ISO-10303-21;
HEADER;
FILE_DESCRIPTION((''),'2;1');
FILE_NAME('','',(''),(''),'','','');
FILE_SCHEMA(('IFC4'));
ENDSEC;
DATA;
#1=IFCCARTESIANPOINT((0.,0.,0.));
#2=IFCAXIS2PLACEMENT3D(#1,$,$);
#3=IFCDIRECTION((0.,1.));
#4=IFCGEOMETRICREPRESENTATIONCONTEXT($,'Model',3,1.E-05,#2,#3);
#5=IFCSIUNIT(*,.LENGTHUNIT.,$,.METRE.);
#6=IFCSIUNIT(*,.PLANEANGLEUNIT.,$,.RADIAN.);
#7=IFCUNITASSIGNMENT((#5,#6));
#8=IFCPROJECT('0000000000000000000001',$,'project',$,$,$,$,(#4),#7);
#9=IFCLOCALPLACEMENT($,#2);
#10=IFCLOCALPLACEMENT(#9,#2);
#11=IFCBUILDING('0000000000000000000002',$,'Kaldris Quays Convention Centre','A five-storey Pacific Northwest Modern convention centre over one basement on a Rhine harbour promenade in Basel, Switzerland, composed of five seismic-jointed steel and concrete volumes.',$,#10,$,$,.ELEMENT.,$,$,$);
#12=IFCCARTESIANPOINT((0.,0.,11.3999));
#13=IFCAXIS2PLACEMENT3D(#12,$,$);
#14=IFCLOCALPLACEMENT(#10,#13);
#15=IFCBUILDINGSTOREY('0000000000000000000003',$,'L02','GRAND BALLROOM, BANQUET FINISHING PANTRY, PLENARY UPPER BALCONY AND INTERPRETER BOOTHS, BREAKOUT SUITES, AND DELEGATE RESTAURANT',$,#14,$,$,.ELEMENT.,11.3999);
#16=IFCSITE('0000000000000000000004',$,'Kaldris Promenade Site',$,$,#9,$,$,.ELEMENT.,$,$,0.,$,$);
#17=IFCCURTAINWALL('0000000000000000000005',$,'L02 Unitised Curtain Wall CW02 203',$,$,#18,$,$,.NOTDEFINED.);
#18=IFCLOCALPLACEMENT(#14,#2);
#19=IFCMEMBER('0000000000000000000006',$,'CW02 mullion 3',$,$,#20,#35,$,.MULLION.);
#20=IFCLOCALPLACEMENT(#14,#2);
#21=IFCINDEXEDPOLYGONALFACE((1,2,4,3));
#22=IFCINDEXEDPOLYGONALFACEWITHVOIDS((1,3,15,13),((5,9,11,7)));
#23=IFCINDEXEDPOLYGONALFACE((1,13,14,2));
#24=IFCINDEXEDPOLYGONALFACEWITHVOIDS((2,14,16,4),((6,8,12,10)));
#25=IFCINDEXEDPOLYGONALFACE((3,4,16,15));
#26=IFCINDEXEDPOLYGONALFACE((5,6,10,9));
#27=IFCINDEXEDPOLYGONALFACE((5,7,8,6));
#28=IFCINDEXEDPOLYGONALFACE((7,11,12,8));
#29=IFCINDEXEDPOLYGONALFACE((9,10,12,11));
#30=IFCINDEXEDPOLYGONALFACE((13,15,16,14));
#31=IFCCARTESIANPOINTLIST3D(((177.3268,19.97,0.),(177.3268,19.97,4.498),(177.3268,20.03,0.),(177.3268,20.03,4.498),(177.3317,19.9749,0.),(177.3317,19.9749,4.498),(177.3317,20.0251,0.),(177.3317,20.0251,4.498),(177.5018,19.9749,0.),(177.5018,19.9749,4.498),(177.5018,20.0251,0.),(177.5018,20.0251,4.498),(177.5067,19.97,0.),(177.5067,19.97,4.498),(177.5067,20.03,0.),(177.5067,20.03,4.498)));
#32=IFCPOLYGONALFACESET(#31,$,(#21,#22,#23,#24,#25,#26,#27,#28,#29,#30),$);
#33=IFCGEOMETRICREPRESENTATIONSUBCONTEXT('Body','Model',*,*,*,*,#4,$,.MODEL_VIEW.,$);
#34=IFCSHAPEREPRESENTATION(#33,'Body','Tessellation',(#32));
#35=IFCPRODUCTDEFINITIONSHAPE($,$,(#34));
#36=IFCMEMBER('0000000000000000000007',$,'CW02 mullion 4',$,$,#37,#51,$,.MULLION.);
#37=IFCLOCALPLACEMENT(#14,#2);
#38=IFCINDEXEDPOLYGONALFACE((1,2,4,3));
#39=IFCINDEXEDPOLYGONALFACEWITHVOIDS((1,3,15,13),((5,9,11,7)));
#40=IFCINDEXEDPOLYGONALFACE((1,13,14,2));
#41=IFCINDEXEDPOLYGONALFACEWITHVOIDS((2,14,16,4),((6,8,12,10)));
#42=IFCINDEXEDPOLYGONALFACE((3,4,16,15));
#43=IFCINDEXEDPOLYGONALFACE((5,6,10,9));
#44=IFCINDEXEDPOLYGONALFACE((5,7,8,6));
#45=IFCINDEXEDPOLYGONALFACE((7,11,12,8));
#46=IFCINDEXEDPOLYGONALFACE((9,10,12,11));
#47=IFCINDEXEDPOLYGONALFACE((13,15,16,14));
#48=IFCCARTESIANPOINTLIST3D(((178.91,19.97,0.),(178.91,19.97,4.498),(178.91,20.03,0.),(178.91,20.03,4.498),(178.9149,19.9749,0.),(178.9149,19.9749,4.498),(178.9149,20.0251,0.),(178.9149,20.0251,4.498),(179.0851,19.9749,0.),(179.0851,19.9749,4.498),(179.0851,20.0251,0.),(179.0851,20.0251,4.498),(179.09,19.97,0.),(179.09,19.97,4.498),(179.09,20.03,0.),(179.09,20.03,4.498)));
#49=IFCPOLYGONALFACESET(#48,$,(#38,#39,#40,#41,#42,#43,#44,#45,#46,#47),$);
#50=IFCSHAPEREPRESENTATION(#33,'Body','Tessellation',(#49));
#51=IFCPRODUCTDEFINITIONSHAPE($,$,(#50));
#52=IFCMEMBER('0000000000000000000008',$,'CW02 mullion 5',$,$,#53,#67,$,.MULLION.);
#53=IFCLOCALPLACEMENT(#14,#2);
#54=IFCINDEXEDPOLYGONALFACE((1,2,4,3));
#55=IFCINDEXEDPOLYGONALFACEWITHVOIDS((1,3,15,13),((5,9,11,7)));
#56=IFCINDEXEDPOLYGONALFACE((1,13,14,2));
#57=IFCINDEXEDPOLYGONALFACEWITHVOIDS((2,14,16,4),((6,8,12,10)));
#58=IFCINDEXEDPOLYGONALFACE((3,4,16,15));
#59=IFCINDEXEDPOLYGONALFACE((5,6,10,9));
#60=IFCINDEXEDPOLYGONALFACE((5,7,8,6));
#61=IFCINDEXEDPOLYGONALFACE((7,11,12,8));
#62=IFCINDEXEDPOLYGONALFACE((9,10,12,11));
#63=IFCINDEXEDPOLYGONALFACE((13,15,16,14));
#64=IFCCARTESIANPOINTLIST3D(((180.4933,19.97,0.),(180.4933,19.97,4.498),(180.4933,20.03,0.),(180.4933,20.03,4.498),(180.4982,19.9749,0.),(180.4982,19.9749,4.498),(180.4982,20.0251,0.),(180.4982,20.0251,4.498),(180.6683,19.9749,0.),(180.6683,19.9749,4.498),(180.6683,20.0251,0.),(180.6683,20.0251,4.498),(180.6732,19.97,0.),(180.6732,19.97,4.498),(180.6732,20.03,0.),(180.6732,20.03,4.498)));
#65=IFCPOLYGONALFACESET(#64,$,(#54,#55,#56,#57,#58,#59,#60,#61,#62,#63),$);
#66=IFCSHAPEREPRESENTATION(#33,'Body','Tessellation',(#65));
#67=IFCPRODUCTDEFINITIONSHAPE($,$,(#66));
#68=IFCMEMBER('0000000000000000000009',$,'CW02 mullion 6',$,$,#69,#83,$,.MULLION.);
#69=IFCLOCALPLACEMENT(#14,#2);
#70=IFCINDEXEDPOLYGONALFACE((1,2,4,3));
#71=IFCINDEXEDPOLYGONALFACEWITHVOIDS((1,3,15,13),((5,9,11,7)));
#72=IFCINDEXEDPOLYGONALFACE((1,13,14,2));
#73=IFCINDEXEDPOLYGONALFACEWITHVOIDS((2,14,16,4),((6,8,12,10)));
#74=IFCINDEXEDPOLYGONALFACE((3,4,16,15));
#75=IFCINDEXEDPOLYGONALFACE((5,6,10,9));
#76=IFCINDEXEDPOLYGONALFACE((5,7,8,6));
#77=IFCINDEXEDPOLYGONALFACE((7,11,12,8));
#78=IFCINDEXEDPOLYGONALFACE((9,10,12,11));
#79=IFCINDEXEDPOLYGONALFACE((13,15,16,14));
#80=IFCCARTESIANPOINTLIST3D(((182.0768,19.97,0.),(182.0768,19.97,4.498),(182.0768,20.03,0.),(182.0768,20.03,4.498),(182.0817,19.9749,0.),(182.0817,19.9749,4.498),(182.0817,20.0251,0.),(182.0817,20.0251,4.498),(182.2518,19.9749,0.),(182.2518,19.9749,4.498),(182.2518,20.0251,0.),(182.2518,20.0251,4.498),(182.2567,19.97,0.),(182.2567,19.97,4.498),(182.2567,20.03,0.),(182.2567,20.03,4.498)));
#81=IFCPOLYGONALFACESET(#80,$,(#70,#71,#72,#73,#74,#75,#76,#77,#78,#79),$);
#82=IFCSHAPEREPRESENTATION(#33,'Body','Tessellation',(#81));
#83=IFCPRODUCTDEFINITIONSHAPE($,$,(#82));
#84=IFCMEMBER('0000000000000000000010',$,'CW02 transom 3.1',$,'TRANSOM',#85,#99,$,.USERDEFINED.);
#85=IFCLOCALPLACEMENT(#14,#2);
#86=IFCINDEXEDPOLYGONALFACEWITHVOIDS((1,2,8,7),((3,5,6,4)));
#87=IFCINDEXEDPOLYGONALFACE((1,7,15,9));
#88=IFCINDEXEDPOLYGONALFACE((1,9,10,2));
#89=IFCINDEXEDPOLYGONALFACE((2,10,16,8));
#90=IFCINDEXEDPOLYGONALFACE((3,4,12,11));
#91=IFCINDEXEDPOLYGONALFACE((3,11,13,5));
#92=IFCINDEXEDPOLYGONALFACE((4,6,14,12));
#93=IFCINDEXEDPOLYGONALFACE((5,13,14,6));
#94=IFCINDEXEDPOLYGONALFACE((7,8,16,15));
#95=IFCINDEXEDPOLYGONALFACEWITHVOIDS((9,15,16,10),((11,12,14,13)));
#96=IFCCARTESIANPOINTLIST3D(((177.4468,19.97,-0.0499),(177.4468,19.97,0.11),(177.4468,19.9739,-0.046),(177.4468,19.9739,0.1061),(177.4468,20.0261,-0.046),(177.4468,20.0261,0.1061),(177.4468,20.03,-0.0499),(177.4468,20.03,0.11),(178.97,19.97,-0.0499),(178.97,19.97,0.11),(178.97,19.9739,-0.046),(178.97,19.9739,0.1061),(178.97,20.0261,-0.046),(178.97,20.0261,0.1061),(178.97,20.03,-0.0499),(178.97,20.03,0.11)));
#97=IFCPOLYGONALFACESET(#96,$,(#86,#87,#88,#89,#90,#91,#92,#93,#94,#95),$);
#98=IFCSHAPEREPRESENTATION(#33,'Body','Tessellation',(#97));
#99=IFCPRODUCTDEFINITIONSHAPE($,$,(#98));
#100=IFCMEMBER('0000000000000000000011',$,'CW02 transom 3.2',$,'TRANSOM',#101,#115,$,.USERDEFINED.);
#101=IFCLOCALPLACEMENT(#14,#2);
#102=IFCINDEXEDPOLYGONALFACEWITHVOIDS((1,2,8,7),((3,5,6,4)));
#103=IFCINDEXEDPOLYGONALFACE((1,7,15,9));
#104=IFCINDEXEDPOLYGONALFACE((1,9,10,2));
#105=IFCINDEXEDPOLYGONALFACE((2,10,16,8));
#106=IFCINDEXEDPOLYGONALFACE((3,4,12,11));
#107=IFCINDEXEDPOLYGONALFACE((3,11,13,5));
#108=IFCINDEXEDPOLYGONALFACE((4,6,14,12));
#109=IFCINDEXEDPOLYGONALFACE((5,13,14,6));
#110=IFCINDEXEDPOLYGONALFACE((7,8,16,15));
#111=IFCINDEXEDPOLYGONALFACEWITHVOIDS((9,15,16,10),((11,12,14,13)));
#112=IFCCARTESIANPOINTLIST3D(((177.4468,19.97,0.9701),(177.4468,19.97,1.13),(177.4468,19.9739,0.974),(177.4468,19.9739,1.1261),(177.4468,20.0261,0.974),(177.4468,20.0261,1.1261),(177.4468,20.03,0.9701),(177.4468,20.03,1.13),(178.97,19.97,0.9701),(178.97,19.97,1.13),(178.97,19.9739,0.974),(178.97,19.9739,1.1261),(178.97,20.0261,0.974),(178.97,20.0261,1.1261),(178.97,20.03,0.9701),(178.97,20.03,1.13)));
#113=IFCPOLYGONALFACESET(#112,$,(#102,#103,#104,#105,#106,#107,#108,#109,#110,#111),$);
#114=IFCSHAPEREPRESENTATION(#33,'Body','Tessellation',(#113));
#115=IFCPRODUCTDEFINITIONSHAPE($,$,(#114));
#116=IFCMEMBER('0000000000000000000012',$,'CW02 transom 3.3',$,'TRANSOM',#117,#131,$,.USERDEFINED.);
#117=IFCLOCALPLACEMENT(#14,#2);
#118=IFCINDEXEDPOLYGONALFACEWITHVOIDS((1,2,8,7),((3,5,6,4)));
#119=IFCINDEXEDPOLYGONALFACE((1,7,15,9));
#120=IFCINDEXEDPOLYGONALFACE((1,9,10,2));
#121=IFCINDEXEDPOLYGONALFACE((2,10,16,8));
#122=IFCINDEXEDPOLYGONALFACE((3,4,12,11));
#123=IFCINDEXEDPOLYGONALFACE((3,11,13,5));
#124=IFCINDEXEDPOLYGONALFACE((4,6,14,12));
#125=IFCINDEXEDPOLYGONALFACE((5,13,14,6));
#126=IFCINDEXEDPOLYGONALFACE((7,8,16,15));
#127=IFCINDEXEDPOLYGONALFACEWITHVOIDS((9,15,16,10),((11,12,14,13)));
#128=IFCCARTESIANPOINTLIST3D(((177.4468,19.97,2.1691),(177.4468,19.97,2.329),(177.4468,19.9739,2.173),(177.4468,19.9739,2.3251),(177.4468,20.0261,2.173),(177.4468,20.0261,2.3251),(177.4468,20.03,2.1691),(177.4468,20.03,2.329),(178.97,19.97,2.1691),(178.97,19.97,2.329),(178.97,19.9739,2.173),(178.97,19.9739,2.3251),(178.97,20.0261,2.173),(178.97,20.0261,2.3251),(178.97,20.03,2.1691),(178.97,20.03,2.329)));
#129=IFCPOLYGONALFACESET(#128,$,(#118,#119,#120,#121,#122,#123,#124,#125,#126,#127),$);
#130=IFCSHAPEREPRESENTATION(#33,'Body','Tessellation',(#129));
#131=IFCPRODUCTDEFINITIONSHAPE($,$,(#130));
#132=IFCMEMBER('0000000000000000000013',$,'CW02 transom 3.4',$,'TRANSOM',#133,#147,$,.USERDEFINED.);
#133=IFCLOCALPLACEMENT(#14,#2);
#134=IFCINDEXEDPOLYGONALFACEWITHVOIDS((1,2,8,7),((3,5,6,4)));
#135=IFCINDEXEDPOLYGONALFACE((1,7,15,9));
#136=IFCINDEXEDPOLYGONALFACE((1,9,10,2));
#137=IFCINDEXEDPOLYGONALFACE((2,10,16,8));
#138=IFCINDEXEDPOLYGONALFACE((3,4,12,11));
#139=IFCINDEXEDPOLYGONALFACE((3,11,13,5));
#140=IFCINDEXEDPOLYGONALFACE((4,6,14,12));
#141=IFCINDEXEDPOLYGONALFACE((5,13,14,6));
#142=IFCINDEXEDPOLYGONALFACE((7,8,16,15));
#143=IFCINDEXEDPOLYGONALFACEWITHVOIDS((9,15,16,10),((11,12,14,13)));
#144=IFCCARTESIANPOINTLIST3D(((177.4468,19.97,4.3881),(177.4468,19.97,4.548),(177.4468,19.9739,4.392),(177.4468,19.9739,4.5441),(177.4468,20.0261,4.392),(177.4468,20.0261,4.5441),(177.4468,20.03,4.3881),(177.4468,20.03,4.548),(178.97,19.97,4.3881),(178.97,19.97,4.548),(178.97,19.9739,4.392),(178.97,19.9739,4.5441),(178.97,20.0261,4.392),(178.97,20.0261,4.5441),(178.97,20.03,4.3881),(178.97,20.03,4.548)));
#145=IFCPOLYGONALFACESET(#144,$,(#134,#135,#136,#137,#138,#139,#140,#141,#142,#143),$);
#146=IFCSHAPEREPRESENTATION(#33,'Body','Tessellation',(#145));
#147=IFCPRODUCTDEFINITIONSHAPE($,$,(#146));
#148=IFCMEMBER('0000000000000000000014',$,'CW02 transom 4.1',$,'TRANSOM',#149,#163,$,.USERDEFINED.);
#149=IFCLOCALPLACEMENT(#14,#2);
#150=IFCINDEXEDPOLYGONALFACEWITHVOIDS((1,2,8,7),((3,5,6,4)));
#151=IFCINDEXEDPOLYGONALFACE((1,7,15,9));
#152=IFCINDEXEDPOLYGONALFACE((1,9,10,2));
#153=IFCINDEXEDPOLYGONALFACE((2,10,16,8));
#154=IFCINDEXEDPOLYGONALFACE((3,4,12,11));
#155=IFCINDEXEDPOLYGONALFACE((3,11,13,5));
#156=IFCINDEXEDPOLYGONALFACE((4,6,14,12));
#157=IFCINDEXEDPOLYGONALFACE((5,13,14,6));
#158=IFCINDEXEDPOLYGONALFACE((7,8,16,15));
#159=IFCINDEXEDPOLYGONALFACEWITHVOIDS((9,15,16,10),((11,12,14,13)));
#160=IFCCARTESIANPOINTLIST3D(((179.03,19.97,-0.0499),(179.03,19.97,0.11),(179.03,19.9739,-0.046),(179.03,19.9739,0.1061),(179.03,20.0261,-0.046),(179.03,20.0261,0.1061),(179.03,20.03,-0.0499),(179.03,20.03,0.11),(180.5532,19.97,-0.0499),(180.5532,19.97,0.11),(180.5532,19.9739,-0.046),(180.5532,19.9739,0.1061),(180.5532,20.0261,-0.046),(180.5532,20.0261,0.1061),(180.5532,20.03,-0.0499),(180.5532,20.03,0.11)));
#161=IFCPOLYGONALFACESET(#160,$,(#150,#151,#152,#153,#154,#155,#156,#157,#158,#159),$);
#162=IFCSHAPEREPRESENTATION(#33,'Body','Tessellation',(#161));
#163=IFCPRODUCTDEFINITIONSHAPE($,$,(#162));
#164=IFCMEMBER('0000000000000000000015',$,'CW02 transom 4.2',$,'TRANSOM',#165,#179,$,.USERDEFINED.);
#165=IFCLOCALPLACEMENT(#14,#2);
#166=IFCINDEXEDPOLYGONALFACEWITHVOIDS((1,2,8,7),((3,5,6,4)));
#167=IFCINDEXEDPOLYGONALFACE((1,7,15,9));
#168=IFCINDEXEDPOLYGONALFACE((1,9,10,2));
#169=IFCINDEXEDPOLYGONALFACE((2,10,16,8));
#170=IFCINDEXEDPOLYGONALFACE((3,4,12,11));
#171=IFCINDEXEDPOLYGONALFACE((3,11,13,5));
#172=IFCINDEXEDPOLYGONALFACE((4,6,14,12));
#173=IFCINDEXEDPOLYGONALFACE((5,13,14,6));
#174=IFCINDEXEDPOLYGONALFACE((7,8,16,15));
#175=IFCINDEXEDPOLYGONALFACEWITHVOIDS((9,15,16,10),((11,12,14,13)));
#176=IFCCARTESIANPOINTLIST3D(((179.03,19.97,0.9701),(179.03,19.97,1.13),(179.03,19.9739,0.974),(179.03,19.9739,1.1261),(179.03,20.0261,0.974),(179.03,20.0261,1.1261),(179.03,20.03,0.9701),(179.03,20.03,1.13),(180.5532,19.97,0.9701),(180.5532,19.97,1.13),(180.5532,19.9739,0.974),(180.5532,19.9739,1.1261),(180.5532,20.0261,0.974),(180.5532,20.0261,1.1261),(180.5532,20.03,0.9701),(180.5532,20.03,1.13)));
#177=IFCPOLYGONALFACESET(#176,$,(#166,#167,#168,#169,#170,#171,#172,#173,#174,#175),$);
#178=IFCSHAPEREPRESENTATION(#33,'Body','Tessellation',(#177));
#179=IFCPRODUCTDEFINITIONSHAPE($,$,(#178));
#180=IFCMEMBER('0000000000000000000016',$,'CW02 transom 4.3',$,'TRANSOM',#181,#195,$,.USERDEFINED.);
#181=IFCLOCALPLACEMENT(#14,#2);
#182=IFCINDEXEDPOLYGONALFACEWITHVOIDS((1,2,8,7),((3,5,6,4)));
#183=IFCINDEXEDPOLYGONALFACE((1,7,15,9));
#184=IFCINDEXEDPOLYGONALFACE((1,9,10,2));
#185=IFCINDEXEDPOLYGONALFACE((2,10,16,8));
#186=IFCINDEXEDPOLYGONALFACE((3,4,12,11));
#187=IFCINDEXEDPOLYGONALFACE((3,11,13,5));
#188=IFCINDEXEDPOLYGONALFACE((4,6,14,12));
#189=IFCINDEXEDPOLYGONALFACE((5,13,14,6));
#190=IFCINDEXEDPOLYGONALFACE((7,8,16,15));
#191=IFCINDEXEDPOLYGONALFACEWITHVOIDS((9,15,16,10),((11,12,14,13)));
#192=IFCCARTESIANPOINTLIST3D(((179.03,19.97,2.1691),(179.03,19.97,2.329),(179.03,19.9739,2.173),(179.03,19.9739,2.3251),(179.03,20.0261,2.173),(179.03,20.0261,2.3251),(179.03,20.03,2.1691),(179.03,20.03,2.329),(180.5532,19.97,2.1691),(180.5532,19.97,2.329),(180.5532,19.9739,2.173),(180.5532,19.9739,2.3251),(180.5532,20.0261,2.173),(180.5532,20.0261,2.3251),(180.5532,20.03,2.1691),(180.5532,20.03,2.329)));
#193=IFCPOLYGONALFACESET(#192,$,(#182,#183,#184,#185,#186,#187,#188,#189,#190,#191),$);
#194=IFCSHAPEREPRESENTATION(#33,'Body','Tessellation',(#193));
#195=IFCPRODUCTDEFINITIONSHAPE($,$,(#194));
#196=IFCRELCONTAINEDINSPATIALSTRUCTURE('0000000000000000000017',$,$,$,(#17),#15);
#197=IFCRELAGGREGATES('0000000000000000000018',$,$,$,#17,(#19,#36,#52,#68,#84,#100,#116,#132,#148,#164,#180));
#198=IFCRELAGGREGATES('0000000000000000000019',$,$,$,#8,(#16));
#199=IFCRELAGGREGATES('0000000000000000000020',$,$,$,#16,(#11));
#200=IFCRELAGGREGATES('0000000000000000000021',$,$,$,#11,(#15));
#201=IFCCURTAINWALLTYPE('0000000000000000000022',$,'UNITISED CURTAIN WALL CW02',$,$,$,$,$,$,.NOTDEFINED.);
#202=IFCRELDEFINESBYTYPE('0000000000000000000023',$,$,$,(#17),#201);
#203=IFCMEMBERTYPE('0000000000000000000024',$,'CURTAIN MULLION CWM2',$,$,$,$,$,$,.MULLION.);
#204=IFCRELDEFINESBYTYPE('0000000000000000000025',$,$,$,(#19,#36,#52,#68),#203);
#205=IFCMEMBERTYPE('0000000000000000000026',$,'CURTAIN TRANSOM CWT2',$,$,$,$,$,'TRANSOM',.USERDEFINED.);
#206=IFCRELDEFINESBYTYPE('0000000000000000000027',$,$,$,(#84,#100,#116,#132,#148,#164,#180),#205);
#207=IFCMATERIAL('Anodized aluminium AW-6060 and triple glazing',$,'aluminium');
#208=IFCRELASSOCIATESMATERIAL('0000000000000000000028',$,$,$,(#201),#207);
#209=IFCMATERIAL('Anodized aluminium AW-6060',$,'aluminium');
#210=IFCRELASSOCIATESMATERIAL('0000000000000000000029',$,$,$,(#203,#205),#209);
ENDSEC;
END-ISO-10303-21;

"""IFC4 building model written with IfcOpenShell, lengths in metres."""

from ifc_helpers import new_model, si_unit, direction, frame, origin, origin_2d, place, context, subcontext, project, spatial, hollow_rectangle, extrude, material, material_profile, profile_set, type_object, element, aggregate, save


model = new_model("IFC4")

# Units and contexts
model_context = context("Model", 3, precision=1e-05, world=origin(), true_north=direction((0.0, 1.0)))
body_context = subcontext(model_context, "Body", "Model", "MODEL_VIEW")
ifc_project = project(units=[si_unit("LENGTHUNIT", "METRE"), si_unit("PLANEANGLEUNIT", "RADIAN")], contexts=[model_context])

# Site, building, storey
site_placement = place(None, origin())
site = spatial("IfcSite", under=ifc_project, at=site_placement, Name="Kaldris Promenade Site", CompositionType="ELEMENT", RefElevation=0.0)
building_placement = place(site_placement, origin())
building = spatial("IfcBuilding", under=site, at=building_placement, Name="Kaldris Quays Convention Centre", Description="A five-storey Pacific Northwest Modern convention centre over one basement on a Rhine harbour promenade in Basel, Switzerland, composed of five seismic-jointed steel and concrete volumes.", CompositionType="ELEMENT")
storey_placement = place(building_placement, frame((0.0, 0.0, 11.3999)))
storey = spatial("IfcBuildingStorey", under=building, at=storey_placement, Name="L02", Description="GRAND BALLROOM, BANQUET FINISHING PANTRY, PLENARY UPPER BALCONY AND INTERPRETER BOOTHS, BREAKOUT SUITES, AND DELEGATE RESTAURANT", CompositionType="ELEMENT", Elevation=11.3999)

# Curtain wall, members
ifc_material_1 = material(Name="Anodized aluminium AW-6060 and triple glazing", Category="aluminium")
curtain_wall_type = type_object("IfcCurtainWallType", Name="UNITISED CURTAIN WALL CW02", PredefinedType="NOTDEFINED", material=ifc_material_1)
curtain_wall_placement = place(storey_placement, origin())
curtain_wall = element("IfcCurtainWall", 1, at=curtain_wall_placement, inside=storey, type_object=curtain_wall_type, Name="L02 Unitised Curtain Wall CW02 203", PredefinedType="NOTDEFINED")
ifc_material_2 = material(Name="Anodized aluminium AW-6060", Category="aluminium")
ifc_material_profile_1 = material_profile(ifc_material_2, hollow_rectangle(XDim=0.0601, YDim=0.1799, WallThickness=0.0049, at=origin_2d()), Name="RHS 180x60x5")
ifc_profile_set_1 = profile_set([ifc_material_profile_1], Name="Anodized aluminium AW-6060")
member_type_1 = type_object("IfcMemberType", Name="CURTAIN MULLION CWM2", PredefinedType="MULLION", material=ifc_profile_set_1)
member_1_placement = place(storey_placement, frame((177.4167, 20.0, 0.0), z_axis=(0.0, 0.0, 1.0), x_axis=(0.0, 1.0, 0.0)))
member_1 = element("IfcMember", 2, at=member_1_placement, type_object=member_type_1, Name="CW02 mullion 3", PredefinedType="MULLION", context=body_context, shape_type="SweptSolid", body=[
    extrude(hollow_rectangle(XDim=0.0601, YDim=0.1799, WallThickness=0.0049, at=origin_2d()), origin(), (0.0, 0.0, 1.0), 4.498),
])
member_2_placement = place(storey_placement, frame((179.0, 20.0, 0.0), z_axis=(0.0, 0.0, 1.0), x_axis=(0.0, 1.0, 0.0)))
member_2 = element("IfcMember", 3, at=member_2_placement, type_object=member_type_1, Name="CW02 mullion 4", PredefinedType="MULLION", context=body_context, shape_type="SweptSolid", body=[
    extrude(hollow_rectangle(XDim=0.0601, YDim=0.1799, WallThickness=0.0049, at=origin_2d()), origin(), (0.0, 0.0, 1.0), 4.498),
])
member_3_placement = place(storey_placement, frame((180.5833, 20.0, 0.0), z_axis=(0.0, 0.0, 1.0), x_axis=(0.0, 1.0, 0.0)))
member_3 = element("IfcMember", 4, at=member_3_placement, type_object=member_type_1, Name="CW02 mullion 5", PredefinedType="MULLION", context=body_context, shape_type="SweptSolid", body=[
    extrude(hollow_rectangle(XDim=0.0601, YDim=0.1799, WallThickness=0.0049, at=origin_2d()), origin(), (0.0, 0.0, 1.0), 4.498),
])
member_4_placement = place(storey_placement, frame((182.1667, 20.0, 0.0), z_axis=(0.0, 0.0, 1.0), x_axis=(0.0, 1.0, 0.0)))
member_4 = element("IfcMember", 5, at=member_4_placement, type_object=member_type_1, Name="CW02 mullion 6", PredefinedType="MULLION", context=body_context, shape_type="SweptSolid", body=[
    extrude(hollow_rectangle(XDim=0.0601, YDim=0.1799, WallThickness=0.0049, at=origin_2d()), origin(), (0.0, 0.0, 1.0), 4.498),
])
ifc_material_profile_2 = material_profile(ifc_material_2, hollow_rectangle(XDim=0.0601, YDim=0.1599, WallThickness=0.0039, at=origin_2d()), Name="RHS 160x60x4")
ifc_profile_set_2 = profile_set([ifc_material_profile_2], Name="Anodized aluminium AW-6060")
member_type_2 = type_object("IfcMemberType", Name="CURTAIN TRANSOM CWT2", ElementType="TRANSOM", PredefinedType="USERDEFINED", material=ifc_profile_set_2)
member_5_placement = place(storey_placement, frame((177.4468, 20.0, 0.03), z_axis=(1.0, 0.0, 0.0), x_axis=(0.0, 1.0, 0.0)))
member_5 = element("IfcMember", 6, at=member_5_placement, type_object=member_type_2, Name="CW02 transom 3.1", ObjectType="TRANSOM", PredefinedType="USERDEFINED", context=body_context, shape_type="SweptSolid", body=[
    extrude(hollow_rectangle(XDim=0.0601, YDim=0.1599, WallThickness=0.0039, at=origin_2d()), origin(), (0.0, 0.0, 1.0), 1.5232),
])
member_6_placement = place(storey_placement, frame((177.4468, 20.0, 1.05), z_axis=(1.0, 0.0, 0.0), x_axis=(0.0, 1.0, 0.0)))
member_6 = element("IfcMember", 7, at=member_6_placement, type_object=member_type_2, Name="CW02 transom 3.2", ObjectType="TRANSOM", PredefinedType="USERDEFINED", context=body_context, shape_type="SweptSolid", body=[
    extrude(hollow_rectangle(XDim=0.0601, YDim=0.1599, WallThickness=0.0039, at=origin_2d()), origin(), (0.0, 0.0, 1.0), 1.5232),
])
member_7_placement = place(storey_placement, frame((177.4468, 20.0, 2.249), z_axis=(1.0, 0.0, 0.0), x_axis=(0.0, 1.0, 0.0)))
member_7 = element("IfcMember", 8, at=member_7_placement, type_object=member_type_2, Name="CW02 transom 3.3", ObjectType="TRANSOM", PredefinedType="USERDEFINED", context=body_context, shape_type="SweptSolid", body=[
    extrude(hollow_rectangle(XDim=0.0601, YDim=0.1599, WallThickness=0.0039, at=origin_2d()), origin(), (0.0, 0.0, 1.0), 1.5232),
])
member_8_placement = place(storey_placement, frame((177.4468, 20.0, 4.468), z_axis=(1.0, 0.0, 0.0), x_axis=(0.0, 1.0, 0.0)))
member_8 = element("IfcMember", 9, at=member_8_placement, type_object=member_type_2, Name="CW02 transom 3.4", ObjectType="TRANSOM", PredefinedType="USERDEFINED", context=body_context, shape_type="SweptSolid", body=[
    extrude(hollow_rectangle(XDim=0.0601, YDim=0.1599, WallThickness=0.0039, at=origin_2d()), origin(), (0.0, 0.0, 1.0), 1.5232),
])
member_9_placement = place(storey_placement, frame((179.03, 20.0, 0.03), z_axis=(1.0, 0.0, 0.0), x_axis=(0.0, 1.0, 0.0)))
member_9 = element("IfcMember", 10, at=member_9_placement, type_object=member_type_2, Name="CW02 transom 4.1", ObjectType="TRANSOM", PredefinedType="USERDEFINED", context=body_context, shape_type="SweptSolid", body=[
    extrude(hollow_rectangle(XDim=0.0601, YDim=0.1599, WallThickness=0.0039, at=origin_2d()), origin(), (0.0, 0.0, 1.0), 1.5232),
])
member_10_placement = place(storey_placement, frame((179.03, 20.0, 1.05), z_axis=(1.0, 0.0, 0.0), x_axis=(0.0, 1.0, 0.0)))
member_10 = element("IfcMember", 11, at=member_10_placement, type_object=member_type_2, Name="CW02 transom 4.2", ObjectType="TRANSOM", PredefinedType="USERDEFINED", context=body_context, shape_type="SweptSolid", body=[
    extrude(hollow_rectangle(XDim=0.0601, YDim=0.1599, WallThickness=0.0039, at=origin_2d()), origin(), (0.0, 0.0, 1.0), 1.5232),
])
member_11_placement = place(storey_placement, frame((179.03, 20.0, 2.249), z_axis=(1.0, 0.0, 0.0), x_axis=(0.0, 1.0, 0.0)))
member_11 = element("IfcMember", 12, at=member_11_placement, type_object=member_type_2, Name="CW02 transom 4.3", ObjectType="TRANSOM", PredefinedType="USERDEFINED", context=body_context, shape_type="SweptSolid", body=[
    extrude(hollow_rectangle(XDim=0.0601, YDim=0.1599, WallThickness=0.0039, at=origin_2d()), origin(), (0.0, 0.0, 1.0), 1.5232),
])
aggregate(curtain_wall, [member_1, member_2, member_3, member_4, member_5, member_6, member_7, member_8, member_9, member_10, member_11])

save(model, "model.ifc")
